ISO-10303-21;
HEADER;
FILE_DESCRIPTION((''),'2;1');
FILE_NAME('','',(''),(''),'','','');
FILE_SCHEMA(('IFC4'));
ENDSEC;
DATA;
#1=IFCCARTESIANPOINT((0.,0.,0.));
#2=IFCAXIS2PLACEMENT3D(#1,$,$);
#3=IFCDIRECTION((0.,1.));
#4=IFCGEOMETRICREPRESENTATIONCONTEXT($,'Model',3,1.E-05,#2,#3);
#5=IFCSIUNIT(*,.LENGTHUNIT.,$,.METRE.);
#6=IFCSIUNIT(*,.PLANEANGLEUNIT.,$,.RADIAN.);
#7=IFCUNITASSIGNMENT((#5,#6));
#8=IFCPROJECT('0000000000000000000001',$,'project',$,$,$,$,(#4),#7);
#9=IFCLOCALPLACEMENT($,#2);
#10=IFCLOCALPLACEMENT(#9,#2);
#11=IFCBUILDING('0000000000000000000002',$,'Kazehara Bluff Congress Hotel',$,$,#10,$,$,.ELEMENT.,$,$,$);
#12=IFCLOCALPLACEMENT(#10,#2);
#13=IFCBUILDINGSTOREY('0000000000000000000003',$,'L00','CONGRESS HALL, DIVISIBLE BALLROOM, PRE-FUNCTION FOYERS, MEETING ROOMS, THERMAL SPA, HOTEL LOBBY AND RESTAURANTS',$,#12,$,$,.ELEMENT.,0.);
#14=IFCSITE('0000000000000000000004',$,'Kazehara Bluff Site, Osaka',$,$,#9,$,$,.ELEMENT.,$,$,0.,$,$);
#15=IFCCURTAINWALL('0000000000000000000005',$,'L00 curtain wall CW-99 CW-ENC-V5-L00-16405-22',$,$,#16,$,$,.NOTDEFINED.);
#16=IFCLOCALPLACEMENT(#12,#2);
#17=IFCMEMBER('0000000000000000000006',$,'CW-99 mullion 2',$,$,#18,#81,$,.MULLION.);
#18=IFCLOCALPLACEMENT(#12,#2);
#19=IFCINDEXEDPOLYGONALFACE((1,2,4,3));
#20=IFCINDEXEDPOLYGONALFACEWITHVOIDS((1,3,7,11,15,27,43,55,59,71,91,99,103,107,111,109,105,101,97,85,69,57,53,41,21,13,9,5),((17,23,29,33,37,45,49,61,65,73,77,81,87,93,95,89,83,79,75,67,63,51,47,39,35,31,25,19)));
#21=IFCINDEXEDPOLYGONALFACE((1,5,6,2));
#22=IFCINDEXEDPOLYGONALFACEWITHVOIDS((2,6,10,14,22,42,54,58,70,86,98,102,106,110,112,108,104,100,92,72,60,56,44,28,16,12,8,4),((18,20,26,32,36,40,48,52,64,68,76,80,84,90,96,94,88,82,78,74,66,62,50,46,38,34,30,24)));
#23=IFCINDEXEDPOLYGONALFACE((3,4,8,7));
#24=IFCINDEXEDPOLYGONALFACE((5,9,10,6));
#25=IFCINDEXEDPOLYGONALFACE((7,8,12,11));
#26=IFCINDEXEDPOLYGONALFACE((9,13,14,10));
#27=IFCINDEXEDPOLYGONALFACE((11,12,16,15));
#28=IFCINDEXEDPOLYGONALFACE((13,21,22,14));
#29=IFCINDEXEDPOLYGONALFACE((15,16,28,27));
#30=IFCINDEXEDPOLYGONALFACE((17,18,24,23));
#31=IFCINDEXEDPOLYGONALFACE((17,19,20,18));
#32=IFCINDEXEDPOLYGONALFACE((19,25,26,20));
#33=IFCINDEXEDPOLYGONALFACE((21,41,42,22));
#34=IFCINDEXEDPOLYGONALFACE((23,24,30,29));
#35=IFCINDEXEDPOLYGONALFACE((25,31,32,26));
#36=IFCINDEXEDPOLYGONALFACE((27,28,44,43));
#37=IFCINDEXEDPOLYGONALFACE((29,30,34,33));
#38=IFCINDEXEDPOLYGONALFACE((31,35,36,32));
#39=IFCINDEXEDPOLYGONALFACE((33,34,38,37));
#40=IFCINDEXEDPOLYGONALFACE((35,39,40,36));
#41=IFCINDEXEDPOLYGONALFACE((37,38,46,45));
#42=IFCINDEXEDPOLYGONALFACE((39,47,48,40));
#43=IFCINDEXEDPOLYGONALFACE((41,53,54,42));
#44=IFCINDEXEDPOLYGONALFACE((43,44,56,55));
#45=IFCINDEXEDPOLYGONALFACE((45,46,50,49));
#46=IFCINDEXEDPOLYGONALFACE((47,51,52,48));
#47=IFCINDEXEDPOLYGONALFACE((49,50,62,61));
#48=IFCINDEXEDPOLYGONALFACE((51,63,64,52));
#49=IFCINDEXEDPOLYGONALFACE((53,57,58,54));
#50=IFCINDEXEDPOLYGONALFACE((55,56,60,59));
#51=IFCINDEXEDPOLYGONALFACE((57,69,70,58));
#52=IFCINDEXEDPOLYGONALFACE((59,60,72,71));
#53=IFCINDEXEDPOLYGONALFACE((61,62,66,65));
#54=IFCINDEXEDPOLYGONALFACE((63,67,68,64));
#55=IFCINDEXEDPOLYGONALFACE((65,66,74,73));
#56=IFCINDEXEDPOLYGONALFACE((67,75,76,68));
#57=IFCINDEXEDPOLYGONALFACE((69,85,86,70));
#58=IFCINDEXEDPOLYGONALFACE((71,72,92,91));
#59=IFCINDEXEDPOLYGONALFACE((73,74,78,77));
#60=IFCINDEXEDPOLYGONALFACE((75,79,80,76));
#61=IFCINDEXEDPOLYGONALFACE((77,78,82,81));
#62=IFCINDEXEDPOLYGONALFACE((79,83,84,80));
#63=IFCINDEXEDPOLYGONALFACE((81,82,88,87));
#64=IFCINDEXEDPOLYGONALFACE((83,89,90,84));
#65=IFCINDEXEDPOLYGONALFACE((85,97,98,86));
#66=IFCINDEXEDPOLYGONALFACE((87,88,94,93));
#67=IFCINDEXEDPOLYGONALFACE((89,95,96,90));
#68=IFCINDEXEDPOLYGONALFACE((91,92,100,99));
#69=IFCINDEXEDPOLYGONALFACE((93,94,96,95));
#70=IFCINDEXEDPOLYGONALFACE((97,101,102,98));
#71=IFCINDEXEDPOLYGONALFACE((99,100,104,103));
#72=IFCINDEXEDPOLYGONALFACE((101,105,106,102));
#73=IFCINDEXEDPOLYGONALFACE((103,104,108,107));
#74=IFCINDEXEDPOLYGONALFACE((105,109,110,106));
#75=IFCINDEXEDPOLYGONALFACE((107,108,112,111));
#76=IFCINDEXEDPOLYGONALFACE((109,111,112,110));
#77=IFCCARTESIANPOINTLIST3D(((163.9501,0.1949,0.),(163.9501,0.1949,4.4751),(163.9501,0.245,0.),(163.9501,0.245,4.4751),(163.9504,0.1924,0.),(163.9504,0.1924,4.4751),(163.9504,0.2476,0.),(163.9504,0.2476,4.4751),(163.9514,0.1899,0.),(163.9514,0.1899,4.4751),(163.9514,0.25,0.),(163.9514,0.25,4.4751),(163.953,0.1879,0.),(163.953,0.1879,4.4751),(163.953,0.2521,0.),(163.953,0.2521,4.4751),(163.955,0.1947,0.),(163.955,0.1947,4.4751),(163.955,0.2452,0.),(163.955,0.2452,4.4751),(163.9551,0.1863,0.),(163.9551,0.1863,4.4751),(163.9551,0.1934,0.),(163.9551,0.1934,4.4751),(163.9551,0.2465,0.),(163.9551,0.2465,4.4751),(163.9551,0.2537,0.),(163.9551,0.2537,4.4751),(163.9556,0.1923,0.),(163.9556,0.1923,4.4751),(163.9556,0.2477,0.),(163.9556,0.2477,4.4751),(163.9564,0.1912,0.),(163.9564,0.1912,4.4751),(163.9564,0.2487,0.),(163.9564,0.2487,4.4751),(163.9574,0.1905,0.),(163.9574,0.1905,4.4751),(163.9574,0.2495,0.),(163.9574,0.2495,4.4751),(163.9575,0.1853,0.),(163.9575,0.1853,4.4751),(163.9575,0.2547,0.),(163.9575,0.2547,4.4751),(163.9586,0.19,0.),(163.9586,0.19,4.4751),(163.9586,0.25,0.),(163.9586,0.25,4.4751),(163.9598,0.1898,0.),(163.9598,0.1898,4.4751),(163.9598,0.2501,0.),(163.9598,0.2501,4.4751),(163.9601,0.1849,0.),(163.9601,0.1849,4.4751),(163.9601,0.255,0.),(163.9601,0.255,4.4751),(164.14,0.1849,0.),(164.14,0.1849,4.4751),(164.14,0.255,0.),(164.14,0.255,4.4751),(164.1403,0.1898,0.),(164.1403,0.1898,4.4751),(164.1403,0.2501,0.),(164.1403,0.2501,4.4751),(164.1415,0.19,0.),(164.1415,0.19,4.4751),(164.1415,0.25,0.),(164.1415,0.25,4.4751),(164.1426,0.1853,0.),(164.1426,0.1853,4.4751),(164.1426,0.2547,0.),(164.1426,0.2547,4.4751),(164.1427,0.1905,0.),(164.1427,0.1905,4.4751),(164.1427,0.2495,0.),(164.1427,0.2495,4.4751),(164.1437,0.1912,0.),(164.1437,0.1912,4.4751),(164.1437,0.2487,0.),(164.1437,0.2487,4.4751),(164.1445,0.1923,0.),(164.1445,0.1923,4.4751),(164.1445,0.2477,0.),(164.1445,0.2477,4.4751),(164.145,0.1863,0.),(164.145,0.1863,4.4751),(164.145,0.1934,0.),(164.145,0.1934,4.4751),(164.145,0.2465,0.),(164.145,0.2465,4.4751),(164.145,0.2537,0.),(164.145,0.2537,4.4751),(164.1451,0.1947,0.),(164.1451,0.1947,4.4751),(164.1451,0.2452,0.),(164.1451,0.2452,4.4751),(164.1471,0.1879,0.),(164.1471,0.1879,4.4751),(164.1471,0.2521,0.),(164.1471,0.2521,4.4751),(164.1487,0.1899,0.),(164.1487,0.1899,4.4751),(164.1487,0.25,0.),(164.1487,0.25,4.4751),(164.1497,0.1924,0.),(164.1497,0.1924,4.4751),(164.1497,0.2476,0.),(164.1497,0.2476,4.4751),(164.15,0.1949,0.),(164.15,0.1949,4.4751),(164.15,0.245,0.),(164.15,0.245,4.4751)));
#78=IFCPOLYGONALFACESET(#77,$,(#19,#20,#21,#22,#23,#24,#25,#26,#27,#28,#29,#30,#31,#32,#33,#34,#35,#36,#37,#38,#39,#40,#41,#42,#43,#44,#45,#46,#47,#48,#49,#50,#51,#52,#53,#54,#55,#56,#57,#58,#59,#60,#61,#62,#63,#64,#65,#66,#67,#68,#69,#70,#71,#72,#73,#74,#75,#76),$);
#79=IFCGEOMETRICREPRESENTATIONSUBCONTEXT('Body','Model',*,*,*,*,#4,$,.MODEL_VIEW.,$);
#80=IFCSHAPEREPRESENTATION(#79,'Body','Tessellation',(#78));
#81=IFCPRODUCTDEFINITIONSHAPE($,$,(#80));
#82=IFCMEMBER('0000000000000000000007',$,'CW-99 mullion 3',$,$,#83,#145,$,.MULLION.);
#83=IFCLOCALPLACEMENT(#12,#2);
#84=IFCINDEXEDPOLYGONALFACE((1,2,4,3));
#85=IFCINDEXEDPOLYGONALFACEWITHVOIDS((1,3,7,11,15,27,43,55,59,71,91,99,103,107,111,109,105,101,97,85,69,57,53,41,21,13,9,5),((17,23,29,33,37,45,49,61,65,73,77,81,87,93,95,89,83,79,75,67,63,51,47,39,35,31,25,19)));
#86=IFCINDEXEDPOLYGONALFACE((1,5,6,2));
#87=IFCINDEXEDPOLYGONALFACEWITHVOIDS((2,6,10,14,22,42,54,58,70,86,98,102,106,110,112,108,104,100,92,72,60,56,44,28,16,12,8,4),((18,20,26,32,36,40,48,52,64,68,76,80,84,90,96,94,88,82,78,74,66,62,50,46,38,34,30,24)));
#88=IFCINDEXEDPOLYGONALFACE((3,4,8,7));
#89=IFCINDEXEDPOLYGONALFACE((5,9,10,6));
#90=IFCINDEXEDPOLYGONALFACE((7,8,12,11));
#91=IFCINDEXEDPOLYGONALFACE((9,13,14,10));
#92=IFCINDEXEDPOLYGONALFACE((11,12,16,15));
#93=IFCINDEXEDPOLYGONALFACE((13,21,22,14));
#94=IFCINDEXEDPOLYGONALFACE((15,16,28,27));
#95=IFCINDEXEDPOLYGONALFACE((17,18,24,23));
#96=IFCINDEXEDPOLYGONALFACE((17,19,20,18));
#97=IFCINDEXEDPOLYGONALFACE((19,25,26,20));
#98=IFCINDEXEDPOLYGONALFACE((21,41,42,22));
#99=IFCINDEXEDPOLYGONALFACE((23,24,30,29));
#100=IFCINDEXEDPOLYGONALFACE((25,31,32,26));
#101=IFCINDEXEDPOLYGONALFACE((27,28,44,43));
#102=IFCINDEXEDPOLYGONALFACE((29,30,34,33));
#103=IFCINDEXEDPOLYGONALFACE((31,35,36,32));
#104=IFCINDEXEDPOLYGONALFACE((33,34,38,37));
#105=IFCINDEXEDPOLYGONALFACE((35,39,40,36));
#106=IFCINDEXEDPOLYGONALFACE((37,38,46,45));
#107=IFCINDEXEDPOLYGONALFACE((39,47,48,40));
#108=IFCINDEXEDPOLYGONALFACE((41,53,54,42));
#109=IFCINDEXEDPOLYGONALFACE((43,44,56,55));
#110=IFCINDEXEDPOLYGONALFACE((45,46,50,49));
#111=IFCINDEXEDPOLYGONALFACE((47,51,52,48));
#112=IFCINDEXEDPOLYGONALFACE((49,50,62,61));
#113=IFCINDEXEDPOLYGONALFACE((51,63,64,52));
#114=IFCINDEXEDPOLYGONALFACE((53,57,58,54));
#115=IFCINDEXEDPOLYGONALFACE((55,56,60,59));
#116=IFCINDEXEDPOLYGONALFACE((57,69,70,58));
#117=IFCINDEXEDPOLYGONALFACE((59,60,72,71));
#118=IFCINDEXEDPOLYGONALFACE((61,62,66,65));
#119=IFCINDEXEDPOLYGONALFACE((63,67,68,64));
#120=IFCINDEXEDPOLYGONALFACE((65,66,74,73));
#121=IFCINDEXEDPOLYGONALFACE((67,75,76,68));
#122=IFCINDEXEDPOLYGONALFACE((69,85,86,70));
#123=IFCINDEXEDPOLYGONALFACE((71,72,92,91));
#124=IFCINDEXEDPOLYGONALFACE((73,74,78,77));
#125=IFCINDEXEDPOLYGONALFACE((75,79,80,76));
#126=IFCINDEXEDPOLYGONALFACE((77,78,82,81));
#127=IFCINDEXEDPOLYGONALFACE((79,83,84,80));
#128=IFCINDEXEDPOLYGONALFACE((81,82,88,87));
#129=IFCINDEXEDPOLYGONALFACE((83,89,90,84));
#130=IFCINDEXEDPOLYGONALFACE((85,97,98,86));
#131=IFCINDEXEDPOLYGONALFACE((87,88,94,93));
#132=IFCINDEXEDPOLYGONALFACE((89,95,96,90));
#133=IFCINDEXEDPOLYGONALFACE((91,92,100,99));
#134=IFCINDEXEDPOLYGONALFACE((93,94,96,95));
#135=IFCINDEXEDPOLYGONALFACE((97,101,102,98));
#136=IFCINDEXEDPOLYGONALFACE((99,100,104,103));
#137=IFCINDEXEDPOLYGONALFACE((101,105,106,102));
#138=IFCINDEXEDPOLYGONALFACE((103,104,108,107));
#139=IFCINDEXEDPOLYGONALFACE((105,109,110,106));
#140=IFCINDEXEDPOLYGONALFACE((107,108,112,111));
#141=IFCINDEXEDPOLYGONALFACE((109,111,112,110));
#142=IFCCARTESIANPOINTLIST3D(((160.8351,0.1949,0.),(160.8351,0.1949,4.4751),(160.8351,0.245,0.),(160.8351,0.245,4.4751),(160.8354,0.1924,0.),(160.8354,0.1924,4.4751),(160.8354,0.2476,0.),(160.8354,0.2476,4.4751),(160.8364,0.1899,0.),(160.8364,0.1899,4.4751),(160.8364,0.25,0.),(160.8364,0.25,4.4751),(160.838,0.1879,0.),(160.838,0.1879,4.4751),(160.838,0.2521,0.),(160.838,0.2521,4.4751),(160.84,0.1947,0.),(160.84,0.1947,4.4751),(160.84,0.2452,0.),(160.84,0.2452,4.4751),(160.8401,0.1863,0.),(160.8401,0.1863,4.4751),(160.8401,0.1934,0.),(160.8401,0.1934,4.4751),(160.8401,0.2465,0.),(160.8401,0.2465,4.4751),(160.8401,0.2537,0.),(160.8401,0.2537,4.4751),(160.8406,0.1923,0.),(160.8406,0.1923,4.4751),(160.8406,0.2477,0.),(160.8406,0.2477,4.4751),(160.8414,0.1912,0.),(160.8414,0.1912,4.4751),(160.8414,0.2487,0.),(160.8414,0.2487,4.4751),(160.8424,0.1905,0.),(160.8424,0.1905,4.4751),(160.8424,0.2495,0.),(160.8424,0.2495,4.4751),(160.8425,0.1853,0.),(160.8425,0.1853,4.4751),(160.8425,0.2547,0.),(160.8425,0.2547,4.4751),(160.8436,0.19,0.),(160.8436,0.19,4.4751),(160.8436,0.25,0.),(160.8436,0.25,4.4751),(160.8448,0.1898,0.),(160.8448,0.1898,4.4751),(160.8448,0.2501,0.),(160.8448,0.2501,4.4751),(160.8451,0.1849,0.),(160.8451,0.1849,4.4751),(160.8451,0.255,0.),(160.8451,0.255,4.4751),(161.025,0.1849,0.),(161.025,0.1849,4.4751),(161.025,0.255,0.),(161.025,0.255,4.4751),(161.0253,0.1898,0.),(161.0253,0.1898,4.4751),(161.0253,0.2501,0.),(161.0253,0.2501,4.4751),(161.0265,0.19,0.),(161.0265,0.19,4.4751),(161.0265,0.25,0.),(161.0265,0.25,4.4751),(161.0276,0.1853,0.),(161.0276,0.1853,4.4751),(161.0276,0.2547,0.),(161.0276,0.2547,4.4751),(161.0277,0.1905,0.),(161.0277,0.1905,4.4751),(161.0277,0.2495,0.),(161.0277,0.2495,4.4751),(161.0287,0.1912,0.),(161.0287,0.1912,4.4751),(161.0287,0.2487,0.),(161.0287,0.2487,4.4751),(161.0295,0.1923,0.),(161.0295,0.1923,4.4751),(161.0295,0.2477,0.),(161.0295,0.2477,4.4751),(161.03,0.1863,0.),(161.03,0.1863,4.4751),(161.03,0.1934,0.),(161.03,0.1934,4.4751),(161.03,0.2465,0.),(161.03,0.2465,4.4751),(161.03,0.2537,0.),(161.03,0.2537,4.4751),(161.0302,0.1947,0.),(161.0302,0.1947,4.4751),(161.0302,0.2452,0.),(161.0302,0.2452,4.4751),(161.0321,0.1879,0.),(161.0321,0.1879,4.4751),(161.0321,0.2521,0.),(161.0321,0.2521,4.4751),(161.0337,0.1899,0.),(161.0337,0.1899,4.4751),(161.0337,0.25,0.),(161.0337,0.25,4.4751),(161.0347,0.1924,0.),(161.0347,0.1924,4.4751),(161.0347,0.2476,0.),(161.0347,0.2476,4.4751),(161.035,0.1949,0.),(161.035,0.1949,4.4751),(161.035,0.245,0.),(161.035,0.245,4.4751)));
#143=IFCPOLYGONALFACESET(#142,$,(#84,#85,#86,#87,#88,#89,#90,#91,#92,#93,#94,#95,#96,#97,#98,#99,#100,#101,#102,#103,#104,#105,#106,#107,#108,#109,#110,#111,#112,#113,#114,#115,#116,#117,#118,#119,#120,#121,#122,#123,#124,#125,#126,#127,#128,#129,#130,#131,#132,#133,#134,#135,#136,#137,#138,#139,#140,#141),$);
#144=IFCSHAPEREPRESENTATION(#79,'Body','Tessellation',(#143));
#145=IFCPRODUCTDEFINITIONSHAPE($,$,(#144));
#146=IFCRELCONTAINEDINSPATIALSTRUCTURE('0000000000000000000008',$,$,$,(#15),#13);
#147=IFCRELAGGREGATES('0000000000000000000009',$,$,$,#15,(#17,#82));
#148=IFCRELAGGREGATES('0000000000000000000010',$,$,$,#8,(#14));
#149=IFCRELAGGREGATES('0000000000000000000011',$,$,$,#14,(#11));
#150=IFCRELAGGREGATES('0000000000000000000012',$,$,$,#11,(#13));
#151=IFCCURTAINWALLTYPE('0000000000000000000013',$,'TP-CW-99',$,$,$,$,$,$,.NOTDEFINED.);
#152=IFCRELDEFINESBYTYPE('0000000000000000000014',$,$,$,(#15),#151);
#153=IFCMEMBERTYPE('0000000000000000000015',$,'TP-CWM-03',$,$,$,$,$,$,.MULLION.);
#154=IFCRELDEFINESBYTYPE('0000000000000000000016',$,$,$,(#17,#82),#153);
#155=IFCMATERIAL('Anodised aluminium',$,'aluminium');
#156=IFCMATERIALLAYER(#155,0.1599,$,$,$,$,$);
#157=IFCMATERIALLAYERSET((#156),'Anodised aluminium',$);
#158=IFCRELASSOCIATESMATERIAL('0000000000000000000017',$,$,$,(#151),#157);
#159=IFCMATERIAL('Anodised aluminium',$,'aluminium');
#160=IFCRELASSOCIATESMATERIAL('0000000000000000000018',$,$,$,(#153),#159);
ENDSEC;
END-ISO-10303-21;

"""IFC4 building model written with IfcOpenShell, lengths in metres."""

from ifc_helpers import new_model, si_unit, direction, frame, origin, origin_2d, place, context, subcontext, project, spatial, hollow_rectangle, extrude, material, layer, layer_set, material_profile, profile_set, type_object, element, aggregate, save


model = new_model("IFC4")

# Units and contexts
model_context = context("Model", 3, precision=1e-05, world=origin(), true_north=direction((0.0, 1.0)))
body_context = subcontext(model_context, "Body", "Model", "MODEL_VIEW")
ifc_project = project(units=[si_unit("LENGTHUNIT", "METRE"), si_unit("PLANEANGLEUNIT", "RADIAN")], contexts=[model_context])

# Site, building, storey
site_placement = place(None, origin())
site = spatial("IfcSite", under=ifc_project, at=site_placement, Name="Kazehara Bluff Site, Osaka", CompositionType="ELEMENT", RefElevation=0.0)
building_placement = place(site_placement, origin())
building = spatial("IfcBuilding", under=site, at=building_placement, Name="Kazehara Bluff Congress Hotel", CompositionType="ELEMENT")
storey_placement = place(building_placement, origin())
storey = spatial("IfcBuildingStorey", under=building, at=storey_placement, Name="L00", Description="CONGRESS HALL, DIVISIBLE BALLROOM, PRE-FUNCTION FOYERS, MEETING ROOMS, THERMAL SPA, HOTEL LOBBY AND RESTAURANTS", CompositionType="ELEMENT", Elevation=0.0)

# Curtain wall, members
ifc_material_1 = material(Name="Anodised aluminium", Category="aluminium")
ifc_layer_1 = layer(ifc_material_1, 0.1599)
ifc_layer_set_1 = layer_set([ifc_layer_1], Name="Anodised aluminium")
curtain_wall_type = type_object("IfcCurtainWallType", Name="TP-CW-99", PredefinedType="NOTDEFINED", material=ifc_layer_set_1)
curtain_wall_placement = place(storey_placement, origin())
curtain_wall = element("IfcCurtainWall", 1, at=curtain_wall_placement, inside=storey, type_object=curtain_wall_type, Name="L00 curtain wall CW-99 CW-ENC-V5-L00-16405-22", PredefinedType="NOTDEFINED")
ifc_material_2 = material(Name="Anodised aluminium", Category="aluminium")
ifc_material_profile_1 = material_profile(ifc_material_2, hollow_rectangle(XDim=0.0701, YDim=0.2, WallThickness=0.0049, InnerFilletRadius=0.0049, OuterFilletRadius=0.01, at=origin_2d()))
ifc_profile_set_1 = profile_set([ifc_material_profile_1], Name="Anodised aluminium")
member_type_1 = type_object("IfcMemberType", Name="TP-CWM-03", PredefinedType="MULLION", material=ifc_profile_set_1)
member_1_placement = place(storey_placement, frame((164.05, 0.22, 0.0), z_axis=(0.0, 0.0, 1.0), x_axis=(0.0, -1.0, 0.0)))
member_1 = element("IfcMember", 2, at=member_1_placement, type_object=member_type_1, Name="CW-99 mullion 2", PredefinedType="MULLION", context=body_context, shape_type="SweptSolid", body=[
    extrude(hollow_rectangle(XDim=0.0701, YDim=0.2, WallThickness=0.0049, InnerFilletRadius=0.0049, OuterFilletRadius=0.01, at=origin_2d()), origin(), (0.0, 0.0, 1.0), 4.4751),
])
member_2_placement = place(storey_placement, frame((160.9351, 0.22, 0.0), z_axis=(0.0, 0.0, 1.0), x_axis=(0.0, -1.0, 0.0)))
member_2 = element("IfcMember", 3, at=member_2_placement, type_object=member_type_1, Name="CW-99 mullion 3", PredefinedType="MULLION", context=body_context, shape_type="SweptSolid", body=[
    extrude(hollow_rectangle(XDim=0.0701, YDim=0.2, WallThickness=0.0049, InnerFilletRadius=0.0049, OuterFilletRadius=0.01, at=origin_2d()), origin(), (0.0, 0.0, 1.0), 4.4751),
])

aggregate(curtain_wall, [member_1, member_2])

save(model, "model.ifc")
